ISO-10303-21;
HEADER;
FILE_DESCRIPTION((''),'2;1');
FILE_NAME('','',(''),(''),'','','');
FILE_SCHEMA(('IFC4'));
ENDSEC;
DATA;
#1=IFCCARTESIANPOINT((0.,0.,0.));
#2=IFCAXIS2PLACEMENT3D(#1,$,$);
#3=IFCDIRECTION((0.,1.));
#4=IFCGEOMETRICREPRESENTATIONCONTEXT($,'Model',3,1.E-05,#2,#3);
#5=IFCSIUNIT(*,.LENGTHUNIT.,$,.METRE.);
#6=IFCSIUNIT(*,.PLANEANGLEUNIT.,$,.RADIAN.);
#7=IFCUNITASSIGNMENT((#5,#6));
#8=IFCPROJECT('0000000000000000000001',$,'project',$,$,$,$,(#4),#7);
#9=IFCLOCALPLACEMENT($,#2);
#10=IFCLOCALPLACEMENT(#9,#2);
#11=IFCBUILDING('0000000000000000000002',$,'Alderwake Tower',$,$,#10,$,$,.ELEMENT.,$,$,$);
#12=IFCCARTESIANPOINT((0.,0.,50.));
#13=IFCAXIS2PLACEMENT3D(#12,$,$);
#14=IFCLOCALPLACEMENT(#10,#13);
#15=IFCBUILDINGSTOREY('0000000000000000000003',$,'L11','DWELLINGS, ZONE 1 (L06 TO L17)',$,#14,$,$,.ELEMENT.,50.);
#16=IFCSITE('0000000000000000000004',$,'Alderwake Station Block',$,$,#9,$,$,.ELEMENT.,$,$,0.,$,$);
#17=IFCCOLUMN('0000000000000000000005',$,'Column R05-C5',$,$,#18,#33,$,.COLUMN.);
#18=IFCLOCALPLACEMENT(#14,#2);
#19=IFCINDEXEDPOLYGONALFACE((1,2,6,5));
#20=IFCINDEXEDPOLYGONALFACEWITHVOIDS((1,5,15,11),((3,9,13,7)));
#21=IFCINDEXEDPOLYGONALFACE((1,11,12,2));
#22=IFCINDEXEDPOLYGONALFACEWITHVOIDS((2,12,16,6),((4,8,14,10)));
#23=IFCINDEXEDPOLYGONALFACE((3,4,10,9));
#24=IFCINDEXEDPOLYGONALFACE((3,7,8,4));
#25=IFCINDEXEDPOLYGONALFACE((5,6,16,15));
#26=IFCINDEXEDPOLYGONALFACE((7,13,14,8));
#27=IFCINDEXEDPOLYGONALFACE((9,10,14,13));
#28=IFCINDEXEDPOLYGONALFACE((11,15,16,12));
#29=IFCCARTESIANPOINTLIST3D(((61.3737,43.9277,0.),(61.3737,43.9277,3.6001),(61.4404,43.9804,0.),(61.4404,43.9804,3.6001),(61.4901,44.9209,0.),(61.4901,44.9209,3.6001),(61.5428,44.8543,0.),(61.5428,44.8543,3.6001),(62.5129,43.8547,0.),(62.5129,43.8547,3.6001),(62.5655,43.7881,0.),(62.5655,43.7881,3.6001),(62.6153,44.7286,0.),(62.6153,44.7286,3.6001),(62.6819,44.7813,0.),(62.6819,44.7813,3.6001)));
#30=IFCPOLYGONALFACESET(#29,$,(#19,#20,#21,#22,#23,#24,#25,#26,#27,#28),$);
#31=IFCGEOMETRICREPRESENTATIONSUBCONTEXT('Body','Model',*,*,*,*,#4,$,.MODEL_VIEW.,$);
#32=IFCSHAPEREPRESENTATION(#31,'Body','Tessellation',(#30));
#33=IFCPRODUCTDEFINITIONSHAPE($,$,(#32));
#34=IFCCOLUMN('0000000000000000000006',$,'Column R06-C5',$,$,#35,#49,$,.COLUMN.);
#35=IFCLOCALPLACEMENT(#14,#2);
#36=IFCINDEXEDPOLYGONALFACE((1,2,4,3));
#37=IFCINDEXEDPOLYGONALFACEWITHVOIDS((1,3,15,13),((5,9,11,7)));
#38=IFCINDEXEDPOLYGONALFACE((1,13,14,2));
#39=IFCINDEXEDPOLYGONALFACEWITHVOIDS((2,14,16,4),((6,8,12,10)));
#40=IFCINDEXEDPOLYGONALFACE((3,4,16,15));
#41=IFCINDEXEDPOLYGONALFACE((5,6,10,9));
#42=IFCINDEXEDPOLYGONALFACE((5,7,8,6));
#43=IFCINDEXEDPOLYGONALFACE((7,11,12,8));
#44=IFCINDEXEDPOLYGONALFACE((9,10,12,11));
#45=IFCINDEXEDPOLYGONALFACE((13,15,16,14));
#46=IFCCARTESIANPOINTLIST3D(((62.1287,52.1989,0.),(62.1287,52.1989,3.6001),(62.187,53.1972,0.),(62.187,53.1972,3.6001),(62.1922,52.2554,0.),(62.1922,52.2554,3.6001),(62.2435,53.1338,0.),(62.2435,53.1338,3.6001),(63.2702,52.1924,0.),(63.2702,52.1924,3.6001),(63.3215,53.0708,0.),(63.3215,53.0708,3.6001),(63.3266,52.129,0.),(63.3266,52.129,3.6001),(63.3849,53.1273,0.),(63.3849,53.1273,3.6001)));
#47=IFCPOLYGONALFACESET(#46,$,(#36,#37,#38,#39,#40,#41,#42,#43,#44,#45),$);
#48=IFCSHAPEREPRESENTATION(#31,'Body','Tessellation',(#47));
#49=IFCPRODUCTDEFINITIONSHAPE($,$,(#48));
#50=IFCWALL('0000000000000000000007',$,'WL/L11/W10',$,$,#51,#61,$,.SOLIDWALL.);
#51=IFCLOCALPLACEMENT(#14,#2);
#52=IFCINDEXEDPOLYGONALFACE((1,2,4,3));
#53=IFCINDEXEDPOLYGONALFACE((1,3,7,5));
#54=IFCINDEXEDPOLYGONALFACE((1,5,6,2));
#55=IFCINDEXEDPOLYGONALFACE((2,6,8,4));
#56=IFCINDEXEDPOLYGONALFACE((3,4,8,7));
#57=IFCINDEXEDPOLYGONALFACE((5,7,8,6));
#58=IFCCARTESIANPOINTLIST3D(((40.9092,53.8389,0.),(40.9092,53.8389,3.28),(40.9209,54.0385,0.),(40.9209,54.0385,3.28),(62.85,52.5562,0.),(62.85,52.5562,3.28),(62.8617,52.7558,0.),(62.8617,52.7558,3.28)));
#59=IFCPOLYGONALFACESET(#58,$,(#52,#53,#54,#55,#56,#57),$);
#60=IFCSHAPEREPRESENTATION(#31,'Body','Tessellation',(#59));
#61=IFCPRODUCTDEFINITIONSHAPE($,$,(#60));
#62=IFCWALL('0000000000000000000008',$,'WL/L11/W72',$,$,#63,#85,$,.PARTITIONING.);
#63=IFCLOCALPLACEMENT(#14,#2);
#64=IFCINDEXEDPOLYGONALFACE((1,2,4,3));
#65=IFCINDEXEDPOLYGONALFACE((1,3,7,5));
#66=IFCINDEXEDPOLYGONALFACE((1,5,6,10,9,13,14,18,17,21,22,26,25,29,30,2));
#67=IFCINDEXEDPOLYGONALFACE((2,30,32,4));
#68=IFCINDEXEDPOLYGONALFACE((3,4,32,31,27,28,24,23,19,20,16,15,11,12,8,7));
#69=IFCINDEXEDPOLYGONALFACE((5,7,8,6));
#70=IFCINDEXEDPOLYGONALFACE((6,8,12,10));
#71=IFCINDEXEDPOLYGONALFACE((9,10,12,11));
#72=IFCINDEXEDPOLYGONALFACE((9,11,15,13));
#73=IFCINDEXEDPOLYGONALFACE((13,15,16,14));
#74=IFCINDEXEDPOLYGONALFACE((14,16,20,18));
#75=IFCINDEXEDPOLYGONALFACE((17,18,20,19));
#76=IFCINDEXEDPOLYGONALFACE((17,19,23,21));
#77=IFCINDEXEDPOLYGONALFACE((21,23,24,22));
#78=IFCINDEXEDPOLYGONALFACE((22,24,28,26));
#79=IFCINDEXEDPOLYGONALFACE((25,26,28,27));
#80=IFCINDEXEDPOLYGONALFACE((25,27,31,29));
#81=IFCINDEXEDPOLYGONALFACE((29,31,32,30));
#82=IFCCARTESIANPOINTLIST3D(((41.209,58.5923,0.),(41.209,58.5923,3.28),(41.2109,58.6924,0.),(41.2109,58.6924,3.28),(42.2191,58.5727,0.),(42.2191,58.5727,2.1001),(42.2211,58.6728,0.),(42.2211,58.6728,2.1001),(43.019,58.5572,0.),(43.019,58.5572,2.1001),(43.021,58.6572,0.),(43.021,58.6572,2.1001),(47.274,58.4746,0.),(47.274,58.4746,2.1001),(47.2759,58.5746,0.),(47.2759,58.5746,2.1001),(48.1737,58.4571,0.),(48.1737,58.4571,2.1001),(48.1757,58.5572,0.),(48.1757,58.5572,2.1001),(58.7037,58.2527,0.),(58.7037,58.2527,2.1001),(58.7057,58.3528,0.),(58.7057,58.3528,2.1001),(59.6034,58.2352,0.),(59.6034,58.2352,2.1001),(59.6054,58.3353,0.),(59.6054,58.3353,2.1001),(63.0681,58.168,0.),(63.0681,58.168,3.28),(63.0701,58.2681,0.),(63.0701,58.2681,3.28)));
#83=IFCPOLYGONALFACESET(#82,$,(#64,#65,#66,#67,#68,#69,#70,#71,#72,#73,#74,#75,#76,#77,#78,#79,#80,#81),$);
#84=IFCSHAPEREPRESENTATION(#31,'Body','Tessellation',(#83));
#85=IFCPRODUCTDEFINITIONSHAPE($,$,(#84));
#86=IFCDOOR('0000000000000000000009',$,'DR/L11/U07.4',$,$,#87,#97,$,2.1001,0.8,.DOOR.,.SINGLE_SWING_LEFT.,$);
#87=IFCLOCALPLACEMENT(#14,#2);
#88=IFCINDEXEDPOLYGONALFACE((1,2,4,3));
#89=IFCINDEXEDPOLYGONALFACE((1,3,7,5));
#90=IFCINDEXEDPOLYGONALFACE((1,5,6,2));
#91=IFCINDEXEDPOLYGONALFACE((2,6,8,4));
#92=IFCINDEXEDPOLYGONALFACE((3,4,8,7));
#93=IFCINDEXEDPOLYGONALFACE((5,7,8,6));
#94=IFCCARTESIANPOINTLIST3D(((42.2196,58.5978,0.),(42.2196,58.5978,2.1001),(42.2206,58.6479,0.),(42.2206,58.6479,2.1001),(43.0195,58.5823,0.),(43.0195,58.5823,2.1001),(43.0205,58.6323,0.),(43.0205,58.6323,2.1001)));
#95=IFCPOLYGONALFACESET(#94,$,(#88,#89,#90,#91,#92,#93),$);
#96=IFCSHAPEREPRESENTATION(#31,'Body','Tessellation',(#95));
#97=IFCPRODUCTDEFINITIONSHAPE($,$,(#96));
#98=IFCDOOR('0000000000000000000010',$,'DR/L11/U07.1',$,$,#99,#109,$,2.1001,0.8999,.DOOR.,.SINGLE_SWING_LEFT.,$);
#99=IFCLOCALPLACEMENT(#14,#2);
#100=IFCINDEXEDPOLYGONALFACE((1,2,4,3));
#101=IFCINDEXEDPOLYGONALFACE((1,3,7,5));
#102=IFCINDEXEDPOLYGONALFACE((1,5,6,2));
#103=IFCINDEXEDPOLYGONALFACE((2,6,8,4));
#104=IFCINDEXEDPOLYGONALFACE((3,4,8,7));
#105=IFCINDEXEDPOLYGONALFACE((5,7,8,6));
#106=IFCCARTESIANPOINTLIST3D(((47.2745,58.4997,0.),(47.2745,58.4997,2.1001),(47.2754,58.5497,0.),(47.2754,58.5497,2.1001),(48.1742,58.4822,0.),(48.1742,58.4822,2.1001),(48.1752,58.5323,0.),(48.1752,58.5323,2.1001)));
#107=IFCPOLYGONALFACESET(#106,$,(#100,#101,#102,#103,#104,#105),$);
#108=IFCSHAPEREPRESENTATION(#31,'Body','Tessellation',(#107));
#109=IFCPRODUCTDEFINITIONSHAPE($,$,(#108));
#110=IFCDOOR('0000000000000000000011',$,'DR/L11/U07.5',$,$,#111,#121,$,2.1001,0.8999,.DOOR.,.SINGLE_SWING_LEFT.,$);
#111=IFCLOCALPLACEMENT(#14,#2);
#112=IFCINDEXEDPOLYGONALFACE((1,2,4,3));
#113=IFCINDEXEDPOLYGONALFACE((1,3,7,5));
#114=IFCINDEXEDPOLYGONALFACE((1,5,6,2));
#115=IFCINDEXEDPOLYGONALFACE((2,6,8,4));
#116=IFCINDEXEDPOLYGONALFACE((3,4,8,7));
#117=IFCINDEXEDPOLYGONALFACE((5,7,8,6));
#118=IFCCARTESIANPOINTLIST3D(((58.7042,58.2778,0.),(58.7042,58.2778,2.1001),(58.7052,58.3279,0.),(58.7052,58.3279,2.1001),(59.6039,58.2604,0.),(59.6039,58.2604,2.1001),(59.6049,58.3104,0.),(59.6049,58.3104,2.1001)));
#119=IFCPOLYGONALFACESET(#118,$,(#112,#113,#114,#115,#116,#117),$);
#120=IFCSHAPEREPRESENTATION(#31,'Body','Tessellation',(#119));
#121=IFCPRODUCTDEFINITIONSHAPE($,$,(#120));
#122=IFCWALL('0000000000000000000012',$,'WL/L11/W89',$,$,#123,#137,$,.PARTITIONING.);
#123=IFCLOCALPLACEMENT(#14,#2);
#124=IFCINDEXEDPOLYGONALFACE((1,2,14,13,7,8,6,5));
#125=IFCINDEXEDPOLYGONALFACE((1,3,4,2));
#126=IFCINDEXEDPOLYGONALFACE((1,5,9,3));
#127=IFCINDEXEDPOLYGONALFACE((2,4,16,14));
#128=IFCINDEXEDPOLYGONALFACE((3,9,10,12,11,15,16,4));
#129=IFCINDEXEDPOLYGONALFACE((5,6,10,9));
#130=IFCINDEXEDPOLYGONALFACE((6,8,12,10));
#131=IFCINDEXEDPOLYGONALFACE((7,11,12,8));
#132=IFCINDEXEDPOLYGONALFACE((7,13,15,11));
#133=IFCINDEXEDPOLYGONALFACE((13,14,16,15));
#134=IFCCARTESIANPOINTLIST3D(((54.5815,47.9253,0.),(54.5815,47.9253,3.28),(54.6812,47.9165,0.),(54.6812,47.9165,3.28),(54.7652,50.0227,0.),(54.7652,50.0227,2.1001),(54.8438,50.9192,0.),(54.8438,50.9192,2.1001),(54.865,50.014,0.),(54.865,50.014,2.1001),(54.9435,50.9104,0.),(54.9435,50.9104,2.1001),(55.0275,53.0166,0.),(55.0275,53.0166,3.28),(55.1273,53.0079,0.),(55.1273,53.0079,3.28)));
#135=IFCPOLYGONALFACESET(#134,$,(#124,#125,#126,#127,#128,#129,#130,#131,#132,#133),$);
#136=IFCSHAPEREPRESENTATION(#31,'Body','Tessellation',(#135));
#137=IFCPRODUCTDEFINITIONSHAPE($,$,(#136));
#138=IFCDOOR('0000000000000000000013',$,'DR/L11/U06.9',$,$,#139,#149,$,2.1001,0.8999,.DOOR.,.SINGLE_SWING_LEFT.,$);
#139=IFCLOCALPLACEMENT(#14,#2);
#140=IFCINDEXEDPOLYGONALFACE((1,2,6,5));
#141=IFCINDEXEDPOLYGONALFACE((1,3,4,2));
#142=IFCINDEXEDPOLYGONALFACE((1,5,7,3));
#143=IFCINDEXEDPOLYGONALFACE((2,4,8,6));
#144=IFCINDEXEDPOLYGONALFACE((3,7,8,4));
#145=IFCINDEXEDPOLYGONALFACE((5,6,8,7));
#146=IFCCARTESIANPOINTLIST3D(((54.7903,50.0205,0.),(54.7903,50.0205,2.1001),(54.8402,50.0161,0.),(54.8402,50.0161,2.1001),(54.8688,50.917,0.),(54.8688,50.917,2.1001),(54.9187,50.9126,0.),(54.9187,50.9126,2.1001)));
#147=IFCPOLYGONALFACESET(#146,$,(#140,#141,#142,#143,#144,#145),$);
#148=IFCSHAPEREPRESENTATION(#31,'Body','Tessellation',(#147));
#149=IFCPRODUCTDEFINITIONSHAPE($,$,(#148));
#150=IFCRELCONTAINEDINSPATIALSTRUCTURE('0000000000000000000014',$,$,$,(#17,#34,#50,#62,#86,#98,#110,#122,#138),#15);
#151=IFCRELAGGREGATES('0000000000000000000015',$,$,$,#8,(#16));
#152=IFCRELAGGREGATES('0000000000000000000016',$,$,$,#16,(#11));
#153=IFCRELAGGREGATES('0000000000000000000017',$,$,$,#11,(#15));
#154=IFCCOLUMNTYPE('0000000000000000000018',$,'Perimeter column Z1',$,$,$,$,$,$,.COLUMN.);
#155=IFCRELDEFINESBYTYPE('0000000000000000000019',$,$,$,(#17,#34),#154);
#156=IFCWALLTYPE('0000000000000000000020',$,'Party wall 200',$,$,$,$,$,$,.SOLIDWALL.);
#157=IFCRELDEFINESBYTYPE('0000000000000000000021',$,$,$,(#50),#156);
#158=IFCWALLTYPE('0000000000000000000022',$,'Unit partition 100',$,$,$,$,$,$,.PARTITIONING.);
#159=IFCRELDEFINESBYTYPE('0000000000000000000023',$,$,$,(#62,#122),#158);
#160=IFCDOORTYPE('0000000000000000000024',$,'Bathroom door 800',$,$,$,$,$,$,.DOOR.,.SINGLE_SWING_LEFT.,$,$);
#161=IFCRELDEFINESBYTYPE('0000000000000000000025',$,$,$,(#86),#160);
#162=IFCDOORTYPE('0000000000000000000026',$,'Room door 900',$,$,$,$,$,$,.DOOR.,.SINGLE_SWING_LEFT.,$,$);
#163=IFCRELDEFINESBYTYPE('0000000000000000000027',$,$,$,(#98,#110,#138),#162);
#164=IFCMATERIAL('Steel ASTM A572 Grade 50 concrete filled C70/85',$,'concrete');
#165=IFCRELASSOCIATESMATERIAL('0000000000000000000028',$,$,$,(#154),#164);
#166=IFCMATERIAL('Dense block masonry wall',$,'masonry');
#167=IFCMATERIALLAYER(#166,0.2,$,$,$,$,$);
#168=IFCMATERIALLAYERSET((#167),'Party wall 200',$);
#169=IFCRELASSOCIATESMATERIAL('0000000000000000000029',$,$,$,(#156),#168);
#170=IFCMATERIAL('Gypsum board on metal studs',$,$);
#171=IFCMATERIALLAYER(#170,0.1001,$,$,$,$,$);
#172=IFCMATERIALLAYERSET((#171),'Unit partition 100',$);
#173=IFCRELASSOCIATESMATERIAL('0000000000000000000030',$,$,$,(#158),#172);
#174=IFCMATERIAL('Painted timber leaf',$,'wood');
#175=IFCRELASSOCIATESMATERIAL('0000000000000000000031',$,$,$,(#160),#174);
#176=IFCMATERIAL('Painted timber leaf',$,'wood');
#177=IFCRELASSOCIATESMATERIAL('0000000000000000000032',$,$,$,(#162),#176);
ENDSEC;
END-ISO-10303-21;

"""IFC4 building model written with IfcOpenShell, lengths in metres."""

from ifc_helpers import new_model, si_unit, direction, frame, frame_2d, origin, origin_2d, place, context, subcontext, project, spatial, rectangle, hollow_rectangle, extrude, material, layer, layer_set, material_profile, profile_set, type_object, element, fill, save


model = new_model("IFC4")

# Units and contexts
model_context = context("Model", 3, precision=1e-05, world=origin(), true_north=direction((0.0, 1.0)))
body_context = subcontext(model_context, "Body", "Model", "MODEL_VIEW")
ifc_project = project(units=[si_unit("LENGTHUNIT", "METRE"), si_unit("PLANEANGLEUNIT", "RADIAN")], contexts=[model_context])

# Site, building, storey
site_placement = place(None, origin())
site = spatial("IfcSite", under=ifc_project, at=site_placement, Name="Alderwake Station Block", CompositionType="ELEMENT", RefElevation=0.0)
building_placement = place(site_placement, origin())
building = spatial("IfcBuilding", under=site, at=building_placement, Name="Alderwake Tower", CompositionType="ELEMENT")
storey_placement = place(building_placement, frame((0.0, 0.0, 50.0)))
storey = spatial("IfcBuildingStorey", under=building, at=storey_placement, Name="L11", Description="DWELLINGS, ZONE 1 (L06 TO L17)", CompositionType="ELEMENT", Elevation=50.0)

# Columns
ifc_material_1 = material(Name="Steel ASTM A572 Grade 50 concrete filled C70/85", Category="concrete")
ifc_material_profile = material_profile(ifc_material_1, hollow_rectangle(XDim=1.0, YDim=1.2, WallThickness=0.0601, at=origin_2d()), Name="BOX 1200X1000X60")
ifc_profile_set = profile_set([ifc_material_profile], Name="Steel ASTM A572 Grade 50 concrete filled C70/85")
column_type = type_object("IfcColumnType", Name="Perimeter column Z1", PredefinedType="COLUMN", material=ifc_profile_set)
for number, where, z_axis, x_axis, name in (
    (1, (62.0278, 44.3545, 0.0), (0.0, 0.0, 1.0), (0.116402, 0.993202, 0.0), "Column R05-C5"),
    (2, (62.7568, 52.6631, 0.0), (0.0, 0.0, 1.0), (0.058299, 0.998299, 0.0), "Column R06-C5"),
):
    element("IfcColumn", number, at=place(storey_placement, frame(where, z_axis=z_axis, x_axis=x_axis)), inside=storey, type_object=column_type, Name=name, PredefinedType="COLUMN", context=body_context, shape_type="SweptSolid", body=[
        extrude(hollow_rectangle(XDim=1.0, YDim=1.2, WallThickness=0.0601, at=origin_2d()), origin(), (0.0, 0.0, 1.0), 3.6001),
    ])

# Wall
ifc_material_2 = material(Name="Dense block masonry wall", Category="masonry")
ifc_layer_1 = layer(ifc_material_2, 0.2)
ifc_layer_set_1 = layer_set([ifc_layer_1], Name="Party wall 200")
wall_type_1 = type_object("IfcWallType", Name="Party wall 200", PredefinedType="SOLIDWALL", material=ifc_layer_set_1)
wall_1_placement = place(storey_placement, frame((62.856, 52.656, 0.0), z_axis=(0.0, 0.0, 1.0), x_axis=(-0.998295, 0.058363, 0.0)))
element("IfcWall", 3, at=wall_1_placement, inside=storey, type_object=wall_type_1, Name="WL/L11/W10", PredefinedType="SOLIDWALL", context=body_context, shape_type="SweptSolid", body=[
    extrude(rectangle(XDim=21.9783, YDim=0.2, at=frame_2d((10.9893, 0.0))), origin(), (0.0, 0.0, 1.0), 3.28),
])

# Wall, openings, doors
ifc_material_3 = material(Name="Gypsum board on metal studs")
ifc_layer_2 = layer(ifc_material_3, 0.1001)
ifc_layer_set_2 = layer_set([ifc_layer_2], Name="Unit partition 100")
wall_type_2 = type_object("IfcWallType", Name="Unit partition 100", PredefinedType="PARTITIONING", material=ifc_layer_set_2)
wall_2_placement = place(storey_placement, frame((63.0691, 58.218, 0.0), z_axis=(0.0, 0.0, 1.0), x_axis=(-0.999812, 0.019408, 0.0)))
wall_2 = element("IfcWall", 4, at=wall_2_placement, inside=storey, type_object=wall_type_2, Name="WL/L11/W72", PredefinedType="PARTITIONING", context=body_context, shape_type="SweptSolid", body=[
    extrude(rectangle(XDim=21.8633, YDim=0.1001, at=frame_2d((10.9316, 0.0))), origin(), (0.0, 0.0, 1.0), 3.28),
])
opening_1_placement = place(wall_2_placement, frame((14.8972, 0.0, 0.0)))
opening_1 = element("IfcOpeningElement", 5, at=opening_1_placement, cuts=wall_2, PredefinedType="OPENING", context=body_context, shape_type="SweptSolid", body=[
    extrude(rectangle(XDim=0.8999, YDim=2.1001, at=frame_2d((0.45, 1.05))), frame((0.0, 0.0601, 0.0), z_axis=(0.0, -1.0, 0.0), x_axis=(1.0, 0.0, 0.0)), (0.0, 0.0, 1.0), 0.1201),
])
opening_2_placement = place(wall_2_placement, frame((20.053, 0.0, 0.0)))
opening_2 = element("IfcOpeningElement", 6, at=opening_2_placement, cuts=wall_2, PredefinedType="OPENING", context=body_context, shape_type="SweptSolid", body=[
    extrude(rectangle(XDim=0.8, YDim=2.1001, at=frame_2d((0.3999, 1.05))), frame((0.0, 0.0601, 0.0), z_axis=(0.0, -1.0, 0.0), x_axis=(1.0, 0.0, 0.0)), (0.0, 0.0, 1.0), 0.1201),
])
opening_3_placement = place(wall_2_placement, frame((3.4653, 0.0, 0.0)))
opening_3 = element("IfcOpeningElement", 7, at=opening_3_placement, cuts=wall_2, PredefinedType="OPENING", context=body_context, shape_type="SweptSolid", body=[
    extrude(rectangle(XDim=0.8999, YDim=2.1001, at=frame_2d((0.45, 1.05))), frame((0.0, 0.0601, 0.0), z_axis=(0.0, -1.0, 0.0), x_axis=(1.0, 0.0, 0.0)), (0.0, 0.0, 1.0), 0.1201),
])
ifc_material_4 = material(Name="Painted timber leaf", Category="wood")
door_type_1 = type_object("IfcDoorType", Name="Bathroom door 800", OperationType="SINGLE_SWING_LEFT", PredefinedType="DOOR", material=ifc_material_4)
door_1_placement = place(opening_2_placement, origin())
door_1 = element("IfcDoor", 8, at=door_1_placement, inside=storey, type_object=door_type_1, Name="DR/L11/U07.4", OperationType="SINGLE_SWING_LEFT", OverallHeight=2.1001, OverallWidth=0.8, PredefinedType="DOOR", context=body_context, shape_type="SweptSolid", body=[
    extrude(rectangle(XDim=0.8, YDim=2.1001, at=frame_2d((0.3999, 1.05))), frame((0.0, 0.0249, 0.0), z_axis=(0.0, -1.0, 0.0), x_axis=(1.0, 0.0, 0.0)), (0.0, 0.0, 1.0), 0.05),
])
fill(opening_2, door_1)
ifc_material_5 = material(Name="Painted timber leaf", Category="wood")
door_type_2 = type_object("IfcDoorType", Name="Room door 900", OperationType="SINGLE_SWING_LEFT", PredefinedType="DOOR", material=ifc_material_5)
door_2_placement = place(opening_1_placement, origin())
door_2 = element("IfcDoor", 9, at=door_2_placement, inside=storey, type_object=door_type_2, Name="DR/L11/U07.1", OperationType="SINGLE_SWING_LEFT", OverallHeight=2.1001, OverallWidth=0.8999, PredefinedType="DOOR", context=body_context, shape_type="SweptSolid", body=[
    extrude(rectangle(XDim=0.8999, YDim=2.1001, at=frame_2d((0.45, 1.05))), frame((0.0, 0.0249, 0.0), z_axis=(0.0, -1.0, 0.0), x_axis=(1.0, 0.0, 0.0)), (0.0, 0.0, 1.0), 0.05),
])
fill(opening_1, door_2)
door_3_placement = place(opening_3_placement, origin())
door_3 = element("IfcDoor", 10, at=door_3_placement, inside=storey, type_object=door_type_2, Name="DR/L11/U07.5", OperationType="SINGLE_SWING_LEFT", OverallHeight=2.1001, OverallWidth=0.8999, PredefinedType="DOOR", context=body_context, shape_type="SweptSolid", body=[
    extrude(rectangle(XDim=0.8999, YDim=2.1001, at=frame_2d((0.45, 1.05))), frame((0.0, 0.0249, 0.0), z_axis=(0.0, -1.0, 0.0), x_axis=(1.0, 0.0, 0.0)), (0.0, 0.0, 1.0), 0.05),
])
fill(opening_3, door_3)

# Wall, opening, door
wall_3_placement = place(storey_placement, frame((54.6313, 47.9209, 0.0), z_axis=(0.0, 0.0, 1.0), x_axis=(0.087275, 0.996184, 0.0)))
wall_3 = element("IfcWall", 11, at=wall_3_placement, inside=storey, type_object=wall_type_2, Name="WL/L11/W89", PredefinedType="PARTITIONING", context=body_context, shape_type="SweptSolid", body=[
    extrude(rectangle(XDim=5.1108, YDim=0.1001, at=frame_2d((2.5554, 0.0))), origin(), (0.0, 0.0, 1.0), 3.28),
])
opening_4_placement = place(wall_3_placement, frame((2.1055, 0.0, 0.0)))
opening_4 = element("IfcOpeningElement", 12, at=opening_4_placement, cuts=wall_3, PredefinedType="OPENING", context=body_context, shape_type="SweptSolid", body=[
    extrude(rectangle(XDim=0.8999, YDim=2.1001, at=frame_2d((0.45, 1.05))), frame((0.0, 0.0601, 0.0), z_axis=(0.0, -1.0, 0.0), x_axis=(1.0, 0.0, 0.0)), (0.0, 0.0, 1.0), 0.1201),
])
door_4_placement = place(opening_4_placement, origin())
door_4 = element("IfcDoor", 13, at=door_4_placement, inside=storey, type_object=door_type_2, Name="DR/L11/U06.9", OperationType="SINGLE_SWING_LEFT", OverallHeight=2.1001, OverallWidth=0.8999, PredefinedType="DOOR", context=body_context, shape_type="SweptSolid", body=[
    extrude(rectangle(XDim=0.8999, YDim=2.1001, at=frame_2d((0.45, 1.05))), frame((0.0, 0.0249, 0.0), z_axis=(0.0, -1.0, 0.0), x_axis=(1.0, 0.0, 0.0)), (0.0, 0.0, 1.0), 0.05),
])
fill(opening_4, door_4)

save(model, "model.ifc")
